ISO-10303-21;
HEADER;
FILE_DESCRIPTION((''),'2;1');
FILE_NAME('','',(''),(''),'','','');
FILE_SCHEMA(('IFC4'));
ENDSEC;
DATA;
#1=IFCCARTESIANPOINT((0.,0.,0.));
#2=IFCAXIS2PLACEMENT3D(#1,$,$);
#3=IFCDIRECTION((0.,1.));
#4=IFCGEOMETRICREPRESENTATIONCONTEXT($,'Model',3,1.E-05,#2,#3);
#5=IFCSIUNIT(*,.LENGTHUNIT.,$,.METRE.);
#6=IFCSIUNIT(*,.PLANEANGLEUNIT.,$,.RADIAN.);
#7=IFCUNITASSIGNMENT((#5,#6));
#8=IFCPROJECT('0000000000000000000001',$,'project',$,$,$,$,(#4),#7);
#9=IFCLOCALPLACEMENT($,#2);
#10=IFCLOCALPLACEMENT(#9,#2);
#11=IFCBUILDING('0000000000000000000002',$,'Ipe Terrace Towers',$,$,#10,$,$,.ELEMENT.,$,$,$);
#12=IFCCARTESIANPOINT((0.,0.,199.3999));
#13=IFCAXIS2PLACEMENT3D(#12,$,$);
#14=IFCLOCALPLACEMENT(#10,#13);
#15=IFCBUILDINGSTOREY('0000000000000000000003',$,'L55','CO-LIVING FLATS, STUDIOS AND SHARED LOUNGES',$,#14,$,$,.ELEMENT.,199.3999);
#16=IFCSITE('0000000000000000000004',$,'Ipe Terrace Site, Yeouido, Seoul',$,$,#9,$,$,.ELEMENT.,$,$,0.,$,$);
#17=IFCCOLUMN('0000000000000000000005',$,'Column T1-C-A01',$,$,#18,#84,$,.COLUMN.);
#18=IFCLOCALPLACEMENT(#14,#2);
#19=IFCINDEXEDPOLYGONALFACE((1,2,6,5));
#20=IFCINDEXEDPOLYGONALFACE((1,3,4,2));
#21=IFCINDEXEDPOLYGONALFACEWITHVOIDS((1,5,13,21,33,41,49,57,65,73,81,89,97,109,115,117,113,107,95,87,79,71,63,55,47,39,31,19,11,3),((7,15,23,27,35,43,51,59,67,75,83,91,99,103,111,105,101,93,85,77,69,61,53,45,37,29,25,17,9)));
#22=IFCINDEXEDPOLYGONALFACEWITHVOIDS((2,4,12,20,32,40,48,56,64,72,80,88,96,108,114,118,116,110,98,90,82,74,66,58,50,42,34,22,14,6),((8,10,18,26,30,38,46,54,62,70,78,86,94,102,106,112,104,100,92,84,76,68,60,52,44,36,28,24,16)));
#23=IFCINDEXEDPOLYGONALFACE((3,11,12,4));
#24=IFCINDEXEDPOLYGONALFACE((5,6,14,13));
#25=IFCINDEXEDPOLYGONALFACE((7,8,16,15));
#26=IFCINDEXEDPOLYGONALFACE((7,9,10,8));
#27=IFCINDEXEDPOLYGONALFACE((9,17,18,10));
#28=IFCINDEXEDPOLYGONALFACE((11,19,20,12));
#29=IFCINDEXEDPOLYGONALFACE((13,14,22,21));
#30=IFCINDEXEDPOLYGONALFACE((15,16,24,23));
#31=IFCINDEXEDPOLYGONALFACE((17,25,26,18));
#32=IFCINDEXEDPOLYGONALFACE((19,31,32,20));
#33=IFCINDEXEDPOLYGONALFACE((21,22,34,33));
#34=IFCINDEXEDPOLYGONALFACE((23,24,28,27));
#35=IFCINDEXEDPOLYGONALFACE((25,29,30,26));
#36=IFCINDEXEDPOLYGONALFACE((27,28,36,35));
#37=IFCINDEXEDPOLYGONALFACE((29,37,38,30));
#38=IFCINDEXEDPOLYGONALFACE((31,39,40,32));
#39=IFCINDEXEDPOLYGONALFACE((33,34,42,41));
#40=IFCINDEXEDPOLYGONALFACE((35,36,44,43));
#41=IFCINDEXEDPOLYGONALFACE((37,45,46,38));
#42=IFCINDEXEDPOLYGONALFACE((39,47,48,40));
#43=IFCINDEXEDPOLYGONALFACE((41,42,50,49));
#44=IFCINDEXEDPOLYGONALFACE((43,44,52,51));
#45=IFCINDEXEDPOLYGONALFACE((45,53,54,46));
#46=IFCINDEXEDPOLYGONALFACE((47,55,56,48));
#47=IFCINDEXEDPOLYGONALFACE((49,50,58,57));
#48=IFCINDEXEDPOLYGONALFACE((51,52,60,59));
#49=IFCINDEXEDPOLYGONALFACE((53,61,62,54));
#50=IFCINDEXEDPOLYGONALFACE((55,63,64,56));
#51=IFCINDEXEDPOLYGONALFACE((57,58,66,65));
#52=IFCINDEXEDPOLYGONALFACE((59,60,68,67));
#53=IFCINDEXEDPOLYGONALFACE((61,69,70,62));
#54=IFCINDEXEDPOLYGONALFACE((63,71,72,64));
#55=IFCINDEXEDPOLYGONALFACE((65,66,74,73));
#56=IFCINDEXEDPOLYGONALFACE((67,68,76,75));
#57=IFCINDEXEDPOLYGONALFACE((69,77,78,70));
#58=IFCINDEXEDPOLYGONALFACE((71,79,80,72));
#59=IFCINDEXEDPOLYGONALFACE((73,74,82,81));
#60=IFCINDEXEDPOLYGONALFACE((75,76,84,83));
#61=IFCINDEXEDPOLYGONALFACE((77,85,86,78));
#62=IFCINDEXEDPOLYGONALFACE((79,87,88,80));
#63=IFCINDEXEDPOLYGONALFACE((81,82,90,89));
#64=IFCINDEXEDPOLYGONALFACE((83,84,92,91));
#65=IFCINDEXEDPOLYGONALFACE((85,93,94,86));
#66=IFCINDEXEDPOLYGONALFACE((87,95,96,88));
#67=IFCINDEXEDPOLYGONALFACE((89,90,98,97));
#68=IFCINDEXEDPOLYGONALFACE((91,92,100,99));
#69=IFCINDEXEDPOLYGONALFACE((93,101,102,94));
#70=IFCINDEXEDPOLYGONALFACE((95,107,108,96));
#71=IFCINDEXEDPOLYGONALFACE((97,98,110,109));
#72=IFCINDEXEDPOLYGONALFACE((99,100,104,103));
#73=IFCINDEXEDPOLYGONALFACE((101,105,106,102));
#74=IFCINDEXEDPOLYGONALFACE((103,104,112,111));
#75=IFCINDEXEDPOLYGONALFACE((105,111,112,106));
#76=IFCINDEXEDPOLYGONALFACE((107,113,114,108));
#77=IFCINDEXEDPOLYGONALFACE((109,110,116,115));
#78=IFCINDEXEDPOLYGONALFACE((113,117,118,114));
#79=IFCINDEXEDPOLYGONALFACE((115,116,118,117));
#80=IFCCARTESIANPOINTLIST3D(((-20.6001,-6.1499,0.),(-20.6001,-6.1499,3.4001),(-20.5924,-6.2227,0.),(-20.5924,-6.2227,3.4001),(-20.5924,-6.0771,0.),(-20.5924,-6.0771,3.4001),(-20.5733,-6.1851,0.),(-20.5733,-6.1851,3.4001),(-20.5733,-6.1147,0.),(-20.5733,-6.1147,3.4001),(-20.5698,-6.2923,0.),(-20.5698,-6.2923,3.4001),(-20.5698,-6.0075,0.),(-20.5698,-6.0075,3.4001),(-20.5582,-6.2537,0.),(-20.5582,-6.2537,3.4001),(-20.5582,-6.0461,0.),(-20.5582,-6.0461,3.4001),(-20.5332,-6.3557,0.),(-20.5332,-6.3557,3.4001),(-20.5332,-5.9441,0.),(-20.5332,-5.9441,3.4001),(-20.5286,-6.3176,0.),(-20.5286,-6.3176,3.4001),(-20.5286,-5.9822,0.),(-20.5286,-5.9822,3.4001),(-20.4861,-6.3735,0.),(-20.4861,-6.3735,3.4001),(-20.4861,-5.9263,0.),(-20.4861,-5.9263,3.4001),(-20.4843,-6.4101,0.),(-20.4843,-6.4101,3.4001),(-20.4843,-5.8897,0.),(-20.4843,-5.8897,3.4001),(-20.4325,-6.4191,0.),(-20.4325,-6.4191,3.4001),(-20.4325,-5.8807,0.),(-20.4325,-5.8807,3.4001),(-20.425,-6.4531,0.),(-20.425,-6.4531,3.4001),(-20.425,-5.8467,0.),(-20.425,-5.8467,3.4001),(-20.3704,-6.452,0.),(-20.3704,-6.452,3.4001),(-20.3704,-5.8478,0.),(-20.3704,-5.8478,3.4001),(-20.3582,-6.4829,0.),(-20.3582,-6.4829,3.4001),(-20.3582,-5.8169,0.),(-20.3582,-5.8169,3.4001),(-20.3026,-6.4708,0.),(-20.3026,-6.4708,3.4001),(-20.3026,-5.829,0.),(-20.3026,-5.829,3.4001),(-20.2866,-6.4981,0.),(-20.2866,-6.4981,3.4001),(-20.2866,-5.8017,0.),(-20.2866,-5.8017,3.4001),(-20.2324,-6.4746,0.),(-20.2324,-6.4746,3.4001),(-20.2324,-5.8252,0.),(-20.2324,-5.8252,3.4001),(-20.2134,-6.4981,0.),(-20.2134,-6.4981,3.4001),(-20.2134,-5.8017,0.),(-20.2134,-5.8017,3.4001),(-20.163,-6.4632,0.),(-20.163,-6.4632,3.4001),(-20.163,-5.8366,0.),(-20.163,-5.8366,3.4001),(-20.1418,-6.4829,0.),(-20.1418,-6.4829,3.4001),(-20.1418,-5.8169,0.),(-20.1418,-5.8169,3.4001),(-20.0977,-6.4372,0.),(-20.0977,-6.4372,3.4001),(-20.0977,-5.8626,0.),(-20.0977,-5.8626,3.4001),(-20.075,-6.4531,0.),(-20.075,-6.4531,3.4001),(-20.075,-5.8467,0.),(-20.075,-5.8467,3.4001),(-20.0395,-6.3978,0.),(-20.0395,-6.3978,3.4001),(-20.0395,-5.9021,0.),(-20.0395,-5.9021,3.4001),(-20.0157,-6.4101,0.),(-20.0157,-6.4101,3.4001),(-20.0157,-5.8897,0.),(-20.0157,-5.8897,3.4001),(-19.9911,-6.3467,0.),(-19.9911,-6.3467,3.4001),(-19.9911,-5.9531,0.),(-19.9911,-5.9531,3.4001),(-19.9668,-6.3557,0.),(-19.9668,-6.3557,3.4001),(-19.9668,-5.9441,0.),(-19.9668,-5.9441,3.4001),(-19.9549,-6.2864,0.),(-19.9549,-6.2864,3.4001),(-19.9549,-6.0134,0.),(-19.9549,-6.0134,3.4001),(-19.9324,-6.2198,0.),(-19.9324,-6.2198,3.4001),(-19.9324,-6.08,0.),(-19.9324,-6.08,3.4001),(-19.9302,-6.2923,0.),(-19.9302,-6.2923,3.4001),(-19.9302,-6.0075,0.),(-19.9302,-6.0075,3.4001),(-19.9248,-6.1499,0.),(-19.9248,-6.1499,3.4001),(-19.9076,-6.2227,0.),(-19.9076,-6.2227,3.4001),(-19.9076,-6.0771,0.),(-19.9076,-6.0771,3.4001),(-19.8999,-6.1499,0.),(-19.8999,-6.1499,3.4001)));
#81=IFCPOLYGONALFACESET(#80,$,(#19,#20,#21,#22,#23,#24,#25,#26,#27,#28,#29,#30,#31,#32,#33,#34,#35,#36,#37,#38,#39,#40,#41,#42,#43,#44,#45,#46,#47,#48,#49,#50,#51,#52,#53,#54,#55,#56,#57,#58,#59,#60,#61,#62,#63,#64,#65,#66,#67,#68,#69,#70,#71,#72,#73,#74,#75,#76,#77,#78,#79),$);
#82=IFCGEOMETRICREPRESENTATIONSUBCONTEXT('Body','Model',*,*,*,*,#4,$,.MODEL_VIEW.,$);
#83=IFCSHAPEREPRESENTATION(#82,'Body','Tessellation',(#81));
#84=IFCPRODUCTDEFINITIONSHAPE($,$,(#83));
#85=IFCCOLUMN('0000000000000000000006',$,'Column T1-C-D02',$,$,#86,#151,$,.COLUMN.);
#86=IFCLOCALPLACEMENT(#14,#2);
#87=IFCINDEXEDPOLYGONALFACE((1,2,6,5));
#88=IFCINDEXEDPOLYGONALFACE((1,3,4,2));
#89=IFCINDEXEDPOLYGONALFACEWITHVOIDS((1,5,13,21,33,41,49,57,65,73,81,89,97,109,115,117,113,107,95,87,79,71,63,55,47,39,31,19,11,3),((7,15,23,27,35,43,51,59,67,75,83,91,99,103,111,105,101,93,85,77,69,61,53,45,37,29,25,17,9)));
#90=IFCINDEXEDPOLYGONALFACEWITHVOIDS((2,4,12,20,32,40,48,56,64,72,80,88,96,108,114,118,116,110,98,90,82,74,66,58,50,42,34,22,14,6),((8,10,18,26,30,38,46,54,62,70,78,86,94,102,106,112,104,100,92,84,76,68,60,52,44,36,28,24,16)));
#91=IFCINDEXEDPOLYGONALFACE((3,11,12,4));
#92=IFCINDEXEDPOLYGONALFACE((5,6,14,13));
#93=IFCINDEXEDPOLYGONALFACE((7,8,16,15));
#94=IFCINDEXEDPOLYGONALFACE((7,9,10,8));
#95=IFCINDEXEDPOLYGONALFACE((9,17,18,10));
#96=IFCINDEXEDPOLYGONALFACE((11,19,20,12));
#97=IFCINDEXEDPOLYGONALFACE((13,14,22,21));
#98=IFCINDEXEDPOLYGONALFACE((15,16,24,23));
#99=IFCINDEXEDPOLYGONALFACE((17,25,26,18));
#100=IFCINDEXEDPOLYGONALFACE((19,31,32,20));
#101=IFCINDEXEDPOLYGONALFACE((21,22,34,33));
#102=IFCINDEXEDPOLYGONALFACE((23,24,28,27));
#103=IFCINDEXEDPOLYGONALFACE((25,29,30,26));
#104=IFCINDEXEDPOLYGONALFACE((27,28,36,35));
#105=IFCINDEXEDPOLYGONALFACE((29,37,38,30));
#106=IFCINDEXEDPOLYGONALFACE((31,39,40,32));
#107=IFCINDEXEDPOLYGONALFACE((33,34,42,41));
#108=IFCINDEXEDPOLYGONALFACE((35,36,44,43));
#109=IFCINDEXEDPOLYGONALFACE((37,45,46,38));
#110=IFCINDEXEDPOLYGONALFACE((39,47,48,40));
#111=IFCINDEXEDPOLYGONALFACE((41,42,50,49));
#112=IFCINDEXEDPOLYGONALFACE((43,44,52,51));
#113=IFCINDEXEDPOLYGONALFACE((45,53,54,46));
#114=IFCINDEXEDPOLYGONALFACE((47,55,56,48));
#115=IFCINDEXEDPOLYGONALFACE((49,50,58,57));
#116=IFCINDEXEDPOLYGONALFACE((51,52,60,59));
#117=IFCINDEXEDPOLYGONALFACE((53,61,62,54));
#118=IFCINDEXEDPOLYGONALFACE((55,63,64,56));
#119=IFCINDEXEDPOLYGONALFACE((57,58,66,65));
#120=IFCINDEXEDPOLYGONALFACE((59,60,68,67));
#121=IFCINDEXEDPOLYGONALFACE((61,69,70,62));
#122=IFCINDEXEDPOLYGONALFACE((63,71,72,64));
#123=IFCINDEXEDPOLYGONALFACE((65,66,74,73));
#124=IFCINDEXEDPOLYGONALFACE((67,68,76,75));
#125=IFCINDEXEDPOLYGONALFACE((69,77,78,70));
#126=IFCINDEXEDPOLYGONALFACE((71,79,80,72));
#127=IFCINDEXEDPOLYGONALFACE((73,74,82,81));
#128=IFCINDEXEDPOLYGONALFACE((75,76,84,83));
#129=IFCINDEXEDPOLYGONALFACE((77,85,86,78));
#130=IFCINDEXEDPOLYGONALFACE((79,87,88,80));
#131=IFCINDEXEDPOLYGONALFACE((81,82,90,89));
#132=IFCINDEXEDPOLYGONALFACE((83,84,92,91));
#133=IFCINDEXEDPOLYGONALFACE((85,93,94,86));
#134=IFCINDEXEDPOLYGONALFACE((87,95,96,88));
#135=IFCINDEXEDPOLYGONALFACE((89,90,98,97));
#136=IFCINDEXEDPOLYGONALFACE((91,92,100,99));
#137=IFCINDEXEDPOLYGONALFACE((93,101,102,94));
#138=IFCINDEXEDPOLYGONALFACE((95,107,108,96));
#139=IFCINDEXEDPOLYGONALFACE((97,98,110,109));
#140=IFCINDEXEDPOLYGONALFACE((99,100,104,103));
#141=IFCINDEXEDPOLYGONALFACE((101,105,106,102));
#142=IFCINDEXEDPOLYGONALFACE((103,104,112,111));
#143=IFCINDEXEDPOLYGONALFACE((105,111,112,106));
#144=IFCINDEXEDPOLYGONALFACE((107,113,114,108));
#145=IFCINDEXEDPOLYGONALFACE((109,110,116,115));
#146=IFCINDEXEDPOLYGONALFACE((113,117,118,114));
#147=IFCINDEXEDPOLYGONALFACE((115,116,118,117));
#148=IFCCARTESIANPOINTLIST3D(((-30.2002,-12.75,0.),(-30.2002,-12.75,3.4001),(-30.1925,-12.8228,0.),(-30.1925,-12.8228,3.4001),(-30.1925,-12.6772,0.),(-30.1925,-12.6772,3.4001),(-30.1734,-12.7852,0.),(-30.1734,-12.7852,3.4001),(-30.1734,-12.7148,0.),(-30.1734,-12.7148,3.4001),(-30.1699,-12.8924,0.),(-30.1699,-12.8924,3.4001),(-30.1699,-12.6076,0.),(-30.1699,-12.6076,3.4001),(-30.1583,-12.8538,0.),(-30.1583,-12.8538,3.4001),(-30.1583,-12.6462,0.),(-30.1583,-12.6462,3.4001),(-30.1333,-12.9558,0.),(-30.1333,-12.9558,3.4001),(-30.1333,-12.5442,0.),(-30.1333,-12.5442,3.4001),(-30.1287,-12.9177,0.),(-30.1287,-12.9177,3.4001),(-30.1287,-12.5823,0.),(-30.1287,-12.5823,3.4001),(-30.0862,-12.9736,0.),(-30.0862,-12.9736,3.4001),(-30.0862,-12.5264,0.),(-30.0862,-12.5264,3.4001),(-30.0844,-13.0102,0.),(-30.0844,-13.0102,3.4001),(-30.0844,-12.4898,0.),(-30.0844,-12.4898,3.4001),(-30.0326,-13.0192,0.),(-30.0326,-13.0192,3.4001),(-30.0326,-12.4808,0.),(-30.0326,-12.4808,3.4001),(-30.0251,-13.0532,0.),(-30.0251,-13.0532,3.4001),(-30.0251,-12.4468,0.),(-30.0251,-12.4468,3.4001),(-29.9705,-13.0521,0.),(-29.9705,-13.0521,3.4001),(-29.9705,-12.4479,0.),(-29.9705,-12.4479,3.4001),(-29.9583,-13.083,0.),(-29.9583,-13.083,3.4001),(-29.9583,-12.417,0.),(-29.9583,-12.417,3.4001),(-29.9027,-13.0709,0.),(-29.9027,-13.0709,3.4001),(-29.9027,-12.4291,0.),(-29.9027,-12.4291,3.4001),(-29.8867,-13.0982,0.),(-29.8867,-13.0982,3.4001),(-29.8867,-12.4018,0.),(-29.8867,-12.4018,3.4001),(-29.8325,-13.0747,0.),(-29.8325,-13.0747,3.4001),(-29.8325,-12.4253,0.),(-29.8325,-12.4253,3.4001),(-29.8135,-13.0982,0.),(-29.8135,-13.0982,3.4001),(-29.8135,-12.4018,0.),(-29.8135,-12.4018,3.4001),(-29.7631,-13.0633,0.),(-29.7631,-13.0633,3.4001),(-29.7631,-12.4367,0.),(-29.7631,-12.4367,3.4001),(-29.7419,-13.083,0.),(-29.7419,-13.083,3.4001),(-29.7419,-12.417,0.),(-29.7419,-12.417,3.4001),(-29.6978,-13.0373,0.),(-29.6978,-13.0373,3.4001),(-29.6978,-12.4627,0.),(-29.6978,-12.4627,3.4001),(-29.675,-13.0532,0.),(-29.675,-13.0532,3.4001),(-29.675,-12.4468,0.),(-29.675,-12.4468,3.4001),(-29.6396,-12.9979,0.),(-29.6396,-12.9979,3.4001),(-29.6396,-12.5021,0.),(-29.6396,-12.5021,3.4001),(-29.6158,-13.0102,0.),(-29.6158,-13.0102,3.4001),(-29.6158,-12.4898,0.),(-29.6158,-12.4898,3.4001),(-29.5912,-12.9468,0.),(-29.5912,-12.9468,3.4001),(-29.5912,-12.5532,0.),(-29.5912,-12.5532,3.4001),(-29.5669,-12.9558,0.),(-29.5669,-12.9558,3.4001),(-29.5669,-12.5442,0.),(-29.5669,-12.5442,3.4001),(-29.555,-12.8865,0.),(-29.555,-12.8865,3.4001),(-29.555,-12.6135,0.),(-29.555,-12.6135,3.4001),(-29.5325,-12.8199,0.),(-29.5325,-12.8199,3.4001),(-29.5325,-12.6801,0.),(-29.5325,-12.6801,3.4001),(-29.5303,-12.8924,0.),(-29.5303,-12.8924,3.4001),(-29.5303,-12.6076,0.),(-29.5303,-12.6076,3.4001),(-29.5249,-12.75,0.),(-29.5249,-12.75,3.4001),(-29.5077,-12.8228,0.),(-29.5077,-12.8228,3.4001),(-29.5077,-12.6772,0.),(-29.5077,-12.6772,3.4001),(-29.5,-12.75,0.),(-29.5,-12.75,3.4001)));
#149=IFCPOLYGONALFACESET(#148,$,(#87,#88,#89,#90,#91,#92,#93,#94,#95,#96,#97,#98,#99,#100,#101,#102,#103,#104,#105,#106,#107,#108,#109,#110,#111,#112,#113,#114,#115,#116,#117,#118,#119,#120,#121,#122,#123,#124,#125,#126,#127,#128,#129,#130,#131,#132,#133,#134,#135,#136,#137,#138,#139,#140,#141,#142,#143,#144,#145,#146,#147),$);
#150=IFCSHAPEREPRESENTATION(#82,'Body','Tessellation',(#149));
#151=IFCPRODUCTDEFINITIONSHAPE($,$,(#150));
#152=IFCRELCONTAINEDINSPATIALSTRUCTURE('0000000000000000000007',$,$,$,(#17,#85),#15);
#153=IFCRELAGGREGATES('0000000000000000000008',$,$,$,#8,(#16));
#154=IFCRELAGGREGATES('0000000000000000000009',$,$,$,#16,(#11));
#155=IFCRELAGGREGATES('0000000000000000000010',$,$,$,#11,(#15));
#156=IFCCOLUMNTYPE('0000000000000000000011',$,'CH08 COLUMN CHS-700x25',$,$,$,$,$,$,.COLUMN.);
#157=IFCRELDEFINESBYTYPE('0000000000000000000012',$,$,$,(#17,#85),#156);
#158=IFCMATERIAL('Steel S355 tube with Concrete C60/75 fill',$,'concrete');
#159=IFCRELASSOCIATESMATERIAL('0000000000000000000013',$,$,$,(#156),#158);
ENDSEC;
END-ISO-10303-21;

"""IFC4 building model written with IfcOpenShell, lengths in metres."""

from ifc_helpers import new_model, si_unit, direction, frame, origin, origin_2d, place, context, subcontext, project, spatial, hollow_circle, extrude, material, material_profile, profile_set, type_object, element, save


model = new_model("IFC4")

# Units and contexts
model_context = context("Model", 3, precision=1e-05, world=origin(), true_north=direction((0.0, 1.0)))
body_context = subcontext(model_context, "Body", "Model", "MODEL_VIEW")
ifc_project = project(units=[si_unit("LENGTHUNIT", "METRE"), si_unit("PLANEANGLEUNIT", "RADIAN")], contexts=[model_context])

# Site, building, storey
site_placement = place(None, origin())
site = spatial("IfcSite", under=ifc_project, at=site_placement, Name="Ipe Terrace Site, Yeouido, Seoul", CompositionType="ELEMENT", RefElevation=0.0)
building_placement = place(site_placement, origin())
building = spatial("IfcBuilding", under=site, at=building_placement, Name="Ipe Terrace Towers", CompositionType="ELEMENT")
storey_placement = place(building_placement, frame((0.0, 0.0, 199.3999)))
storey = spatial("IfcBuildingStorey", under=building, at=storey_placement, Name="L55", Description="CO-LIVING FLATS, STUDIOS AND SHARED LOUNGES", CompositionType="ELEMENT", Elevation=199.3999)

# Columns
ifc_material_1 = material(Name="Steel S355 tube with Concrete C60/75 fill", Category="concrete")
ifc_material_profile_1 = material_profile(ifc_material_1, hollow_circle(Radius=0.3501, WallThickness=0.0249, at=origin_2d()), Name="CHS-700x25")
ifc_profile_set_1 = profile_set([ifc_material_profile_1], Name="Steel S355 tube with Concrete C60/75 fill")
column_type_1 = type_object("IfcColumnType", Name="CH08 COLUMN CHS-700x25", PredefinedType="COLUMN", material=ifc_profile_set_1)
for number, where, z_axis, x_axis, name in (
    (1, (-20.25, -6.1499, 0.0), (0.0, 0.0, 1.0), (1.0, 0.0, 0.0), "Column T1-C-A01"),
    (2, (-29.8501, -12.75, 0.0), (0.0, 0.0, 1.0), (1.0, 0.0, 0.0), "Column T1-C-D02"),
):
    element("IfcColumn", number, at=place(storey_placement, frame(where, z_axis=z_axis, x_axis=x_axis)), inside=storey, type_object=column_type_1, Name=name, PredefinedType="COLUMN", context=body_context, shape_type="SweptSolid", body=[
        extrude(hollow_circle(Radius=0.3501, WallThickness=0.0249, at=origin_2d()), origin(), (0.0, 0.0, 1.0), 3.4001),
    ])

save(model, "model.ifc")
